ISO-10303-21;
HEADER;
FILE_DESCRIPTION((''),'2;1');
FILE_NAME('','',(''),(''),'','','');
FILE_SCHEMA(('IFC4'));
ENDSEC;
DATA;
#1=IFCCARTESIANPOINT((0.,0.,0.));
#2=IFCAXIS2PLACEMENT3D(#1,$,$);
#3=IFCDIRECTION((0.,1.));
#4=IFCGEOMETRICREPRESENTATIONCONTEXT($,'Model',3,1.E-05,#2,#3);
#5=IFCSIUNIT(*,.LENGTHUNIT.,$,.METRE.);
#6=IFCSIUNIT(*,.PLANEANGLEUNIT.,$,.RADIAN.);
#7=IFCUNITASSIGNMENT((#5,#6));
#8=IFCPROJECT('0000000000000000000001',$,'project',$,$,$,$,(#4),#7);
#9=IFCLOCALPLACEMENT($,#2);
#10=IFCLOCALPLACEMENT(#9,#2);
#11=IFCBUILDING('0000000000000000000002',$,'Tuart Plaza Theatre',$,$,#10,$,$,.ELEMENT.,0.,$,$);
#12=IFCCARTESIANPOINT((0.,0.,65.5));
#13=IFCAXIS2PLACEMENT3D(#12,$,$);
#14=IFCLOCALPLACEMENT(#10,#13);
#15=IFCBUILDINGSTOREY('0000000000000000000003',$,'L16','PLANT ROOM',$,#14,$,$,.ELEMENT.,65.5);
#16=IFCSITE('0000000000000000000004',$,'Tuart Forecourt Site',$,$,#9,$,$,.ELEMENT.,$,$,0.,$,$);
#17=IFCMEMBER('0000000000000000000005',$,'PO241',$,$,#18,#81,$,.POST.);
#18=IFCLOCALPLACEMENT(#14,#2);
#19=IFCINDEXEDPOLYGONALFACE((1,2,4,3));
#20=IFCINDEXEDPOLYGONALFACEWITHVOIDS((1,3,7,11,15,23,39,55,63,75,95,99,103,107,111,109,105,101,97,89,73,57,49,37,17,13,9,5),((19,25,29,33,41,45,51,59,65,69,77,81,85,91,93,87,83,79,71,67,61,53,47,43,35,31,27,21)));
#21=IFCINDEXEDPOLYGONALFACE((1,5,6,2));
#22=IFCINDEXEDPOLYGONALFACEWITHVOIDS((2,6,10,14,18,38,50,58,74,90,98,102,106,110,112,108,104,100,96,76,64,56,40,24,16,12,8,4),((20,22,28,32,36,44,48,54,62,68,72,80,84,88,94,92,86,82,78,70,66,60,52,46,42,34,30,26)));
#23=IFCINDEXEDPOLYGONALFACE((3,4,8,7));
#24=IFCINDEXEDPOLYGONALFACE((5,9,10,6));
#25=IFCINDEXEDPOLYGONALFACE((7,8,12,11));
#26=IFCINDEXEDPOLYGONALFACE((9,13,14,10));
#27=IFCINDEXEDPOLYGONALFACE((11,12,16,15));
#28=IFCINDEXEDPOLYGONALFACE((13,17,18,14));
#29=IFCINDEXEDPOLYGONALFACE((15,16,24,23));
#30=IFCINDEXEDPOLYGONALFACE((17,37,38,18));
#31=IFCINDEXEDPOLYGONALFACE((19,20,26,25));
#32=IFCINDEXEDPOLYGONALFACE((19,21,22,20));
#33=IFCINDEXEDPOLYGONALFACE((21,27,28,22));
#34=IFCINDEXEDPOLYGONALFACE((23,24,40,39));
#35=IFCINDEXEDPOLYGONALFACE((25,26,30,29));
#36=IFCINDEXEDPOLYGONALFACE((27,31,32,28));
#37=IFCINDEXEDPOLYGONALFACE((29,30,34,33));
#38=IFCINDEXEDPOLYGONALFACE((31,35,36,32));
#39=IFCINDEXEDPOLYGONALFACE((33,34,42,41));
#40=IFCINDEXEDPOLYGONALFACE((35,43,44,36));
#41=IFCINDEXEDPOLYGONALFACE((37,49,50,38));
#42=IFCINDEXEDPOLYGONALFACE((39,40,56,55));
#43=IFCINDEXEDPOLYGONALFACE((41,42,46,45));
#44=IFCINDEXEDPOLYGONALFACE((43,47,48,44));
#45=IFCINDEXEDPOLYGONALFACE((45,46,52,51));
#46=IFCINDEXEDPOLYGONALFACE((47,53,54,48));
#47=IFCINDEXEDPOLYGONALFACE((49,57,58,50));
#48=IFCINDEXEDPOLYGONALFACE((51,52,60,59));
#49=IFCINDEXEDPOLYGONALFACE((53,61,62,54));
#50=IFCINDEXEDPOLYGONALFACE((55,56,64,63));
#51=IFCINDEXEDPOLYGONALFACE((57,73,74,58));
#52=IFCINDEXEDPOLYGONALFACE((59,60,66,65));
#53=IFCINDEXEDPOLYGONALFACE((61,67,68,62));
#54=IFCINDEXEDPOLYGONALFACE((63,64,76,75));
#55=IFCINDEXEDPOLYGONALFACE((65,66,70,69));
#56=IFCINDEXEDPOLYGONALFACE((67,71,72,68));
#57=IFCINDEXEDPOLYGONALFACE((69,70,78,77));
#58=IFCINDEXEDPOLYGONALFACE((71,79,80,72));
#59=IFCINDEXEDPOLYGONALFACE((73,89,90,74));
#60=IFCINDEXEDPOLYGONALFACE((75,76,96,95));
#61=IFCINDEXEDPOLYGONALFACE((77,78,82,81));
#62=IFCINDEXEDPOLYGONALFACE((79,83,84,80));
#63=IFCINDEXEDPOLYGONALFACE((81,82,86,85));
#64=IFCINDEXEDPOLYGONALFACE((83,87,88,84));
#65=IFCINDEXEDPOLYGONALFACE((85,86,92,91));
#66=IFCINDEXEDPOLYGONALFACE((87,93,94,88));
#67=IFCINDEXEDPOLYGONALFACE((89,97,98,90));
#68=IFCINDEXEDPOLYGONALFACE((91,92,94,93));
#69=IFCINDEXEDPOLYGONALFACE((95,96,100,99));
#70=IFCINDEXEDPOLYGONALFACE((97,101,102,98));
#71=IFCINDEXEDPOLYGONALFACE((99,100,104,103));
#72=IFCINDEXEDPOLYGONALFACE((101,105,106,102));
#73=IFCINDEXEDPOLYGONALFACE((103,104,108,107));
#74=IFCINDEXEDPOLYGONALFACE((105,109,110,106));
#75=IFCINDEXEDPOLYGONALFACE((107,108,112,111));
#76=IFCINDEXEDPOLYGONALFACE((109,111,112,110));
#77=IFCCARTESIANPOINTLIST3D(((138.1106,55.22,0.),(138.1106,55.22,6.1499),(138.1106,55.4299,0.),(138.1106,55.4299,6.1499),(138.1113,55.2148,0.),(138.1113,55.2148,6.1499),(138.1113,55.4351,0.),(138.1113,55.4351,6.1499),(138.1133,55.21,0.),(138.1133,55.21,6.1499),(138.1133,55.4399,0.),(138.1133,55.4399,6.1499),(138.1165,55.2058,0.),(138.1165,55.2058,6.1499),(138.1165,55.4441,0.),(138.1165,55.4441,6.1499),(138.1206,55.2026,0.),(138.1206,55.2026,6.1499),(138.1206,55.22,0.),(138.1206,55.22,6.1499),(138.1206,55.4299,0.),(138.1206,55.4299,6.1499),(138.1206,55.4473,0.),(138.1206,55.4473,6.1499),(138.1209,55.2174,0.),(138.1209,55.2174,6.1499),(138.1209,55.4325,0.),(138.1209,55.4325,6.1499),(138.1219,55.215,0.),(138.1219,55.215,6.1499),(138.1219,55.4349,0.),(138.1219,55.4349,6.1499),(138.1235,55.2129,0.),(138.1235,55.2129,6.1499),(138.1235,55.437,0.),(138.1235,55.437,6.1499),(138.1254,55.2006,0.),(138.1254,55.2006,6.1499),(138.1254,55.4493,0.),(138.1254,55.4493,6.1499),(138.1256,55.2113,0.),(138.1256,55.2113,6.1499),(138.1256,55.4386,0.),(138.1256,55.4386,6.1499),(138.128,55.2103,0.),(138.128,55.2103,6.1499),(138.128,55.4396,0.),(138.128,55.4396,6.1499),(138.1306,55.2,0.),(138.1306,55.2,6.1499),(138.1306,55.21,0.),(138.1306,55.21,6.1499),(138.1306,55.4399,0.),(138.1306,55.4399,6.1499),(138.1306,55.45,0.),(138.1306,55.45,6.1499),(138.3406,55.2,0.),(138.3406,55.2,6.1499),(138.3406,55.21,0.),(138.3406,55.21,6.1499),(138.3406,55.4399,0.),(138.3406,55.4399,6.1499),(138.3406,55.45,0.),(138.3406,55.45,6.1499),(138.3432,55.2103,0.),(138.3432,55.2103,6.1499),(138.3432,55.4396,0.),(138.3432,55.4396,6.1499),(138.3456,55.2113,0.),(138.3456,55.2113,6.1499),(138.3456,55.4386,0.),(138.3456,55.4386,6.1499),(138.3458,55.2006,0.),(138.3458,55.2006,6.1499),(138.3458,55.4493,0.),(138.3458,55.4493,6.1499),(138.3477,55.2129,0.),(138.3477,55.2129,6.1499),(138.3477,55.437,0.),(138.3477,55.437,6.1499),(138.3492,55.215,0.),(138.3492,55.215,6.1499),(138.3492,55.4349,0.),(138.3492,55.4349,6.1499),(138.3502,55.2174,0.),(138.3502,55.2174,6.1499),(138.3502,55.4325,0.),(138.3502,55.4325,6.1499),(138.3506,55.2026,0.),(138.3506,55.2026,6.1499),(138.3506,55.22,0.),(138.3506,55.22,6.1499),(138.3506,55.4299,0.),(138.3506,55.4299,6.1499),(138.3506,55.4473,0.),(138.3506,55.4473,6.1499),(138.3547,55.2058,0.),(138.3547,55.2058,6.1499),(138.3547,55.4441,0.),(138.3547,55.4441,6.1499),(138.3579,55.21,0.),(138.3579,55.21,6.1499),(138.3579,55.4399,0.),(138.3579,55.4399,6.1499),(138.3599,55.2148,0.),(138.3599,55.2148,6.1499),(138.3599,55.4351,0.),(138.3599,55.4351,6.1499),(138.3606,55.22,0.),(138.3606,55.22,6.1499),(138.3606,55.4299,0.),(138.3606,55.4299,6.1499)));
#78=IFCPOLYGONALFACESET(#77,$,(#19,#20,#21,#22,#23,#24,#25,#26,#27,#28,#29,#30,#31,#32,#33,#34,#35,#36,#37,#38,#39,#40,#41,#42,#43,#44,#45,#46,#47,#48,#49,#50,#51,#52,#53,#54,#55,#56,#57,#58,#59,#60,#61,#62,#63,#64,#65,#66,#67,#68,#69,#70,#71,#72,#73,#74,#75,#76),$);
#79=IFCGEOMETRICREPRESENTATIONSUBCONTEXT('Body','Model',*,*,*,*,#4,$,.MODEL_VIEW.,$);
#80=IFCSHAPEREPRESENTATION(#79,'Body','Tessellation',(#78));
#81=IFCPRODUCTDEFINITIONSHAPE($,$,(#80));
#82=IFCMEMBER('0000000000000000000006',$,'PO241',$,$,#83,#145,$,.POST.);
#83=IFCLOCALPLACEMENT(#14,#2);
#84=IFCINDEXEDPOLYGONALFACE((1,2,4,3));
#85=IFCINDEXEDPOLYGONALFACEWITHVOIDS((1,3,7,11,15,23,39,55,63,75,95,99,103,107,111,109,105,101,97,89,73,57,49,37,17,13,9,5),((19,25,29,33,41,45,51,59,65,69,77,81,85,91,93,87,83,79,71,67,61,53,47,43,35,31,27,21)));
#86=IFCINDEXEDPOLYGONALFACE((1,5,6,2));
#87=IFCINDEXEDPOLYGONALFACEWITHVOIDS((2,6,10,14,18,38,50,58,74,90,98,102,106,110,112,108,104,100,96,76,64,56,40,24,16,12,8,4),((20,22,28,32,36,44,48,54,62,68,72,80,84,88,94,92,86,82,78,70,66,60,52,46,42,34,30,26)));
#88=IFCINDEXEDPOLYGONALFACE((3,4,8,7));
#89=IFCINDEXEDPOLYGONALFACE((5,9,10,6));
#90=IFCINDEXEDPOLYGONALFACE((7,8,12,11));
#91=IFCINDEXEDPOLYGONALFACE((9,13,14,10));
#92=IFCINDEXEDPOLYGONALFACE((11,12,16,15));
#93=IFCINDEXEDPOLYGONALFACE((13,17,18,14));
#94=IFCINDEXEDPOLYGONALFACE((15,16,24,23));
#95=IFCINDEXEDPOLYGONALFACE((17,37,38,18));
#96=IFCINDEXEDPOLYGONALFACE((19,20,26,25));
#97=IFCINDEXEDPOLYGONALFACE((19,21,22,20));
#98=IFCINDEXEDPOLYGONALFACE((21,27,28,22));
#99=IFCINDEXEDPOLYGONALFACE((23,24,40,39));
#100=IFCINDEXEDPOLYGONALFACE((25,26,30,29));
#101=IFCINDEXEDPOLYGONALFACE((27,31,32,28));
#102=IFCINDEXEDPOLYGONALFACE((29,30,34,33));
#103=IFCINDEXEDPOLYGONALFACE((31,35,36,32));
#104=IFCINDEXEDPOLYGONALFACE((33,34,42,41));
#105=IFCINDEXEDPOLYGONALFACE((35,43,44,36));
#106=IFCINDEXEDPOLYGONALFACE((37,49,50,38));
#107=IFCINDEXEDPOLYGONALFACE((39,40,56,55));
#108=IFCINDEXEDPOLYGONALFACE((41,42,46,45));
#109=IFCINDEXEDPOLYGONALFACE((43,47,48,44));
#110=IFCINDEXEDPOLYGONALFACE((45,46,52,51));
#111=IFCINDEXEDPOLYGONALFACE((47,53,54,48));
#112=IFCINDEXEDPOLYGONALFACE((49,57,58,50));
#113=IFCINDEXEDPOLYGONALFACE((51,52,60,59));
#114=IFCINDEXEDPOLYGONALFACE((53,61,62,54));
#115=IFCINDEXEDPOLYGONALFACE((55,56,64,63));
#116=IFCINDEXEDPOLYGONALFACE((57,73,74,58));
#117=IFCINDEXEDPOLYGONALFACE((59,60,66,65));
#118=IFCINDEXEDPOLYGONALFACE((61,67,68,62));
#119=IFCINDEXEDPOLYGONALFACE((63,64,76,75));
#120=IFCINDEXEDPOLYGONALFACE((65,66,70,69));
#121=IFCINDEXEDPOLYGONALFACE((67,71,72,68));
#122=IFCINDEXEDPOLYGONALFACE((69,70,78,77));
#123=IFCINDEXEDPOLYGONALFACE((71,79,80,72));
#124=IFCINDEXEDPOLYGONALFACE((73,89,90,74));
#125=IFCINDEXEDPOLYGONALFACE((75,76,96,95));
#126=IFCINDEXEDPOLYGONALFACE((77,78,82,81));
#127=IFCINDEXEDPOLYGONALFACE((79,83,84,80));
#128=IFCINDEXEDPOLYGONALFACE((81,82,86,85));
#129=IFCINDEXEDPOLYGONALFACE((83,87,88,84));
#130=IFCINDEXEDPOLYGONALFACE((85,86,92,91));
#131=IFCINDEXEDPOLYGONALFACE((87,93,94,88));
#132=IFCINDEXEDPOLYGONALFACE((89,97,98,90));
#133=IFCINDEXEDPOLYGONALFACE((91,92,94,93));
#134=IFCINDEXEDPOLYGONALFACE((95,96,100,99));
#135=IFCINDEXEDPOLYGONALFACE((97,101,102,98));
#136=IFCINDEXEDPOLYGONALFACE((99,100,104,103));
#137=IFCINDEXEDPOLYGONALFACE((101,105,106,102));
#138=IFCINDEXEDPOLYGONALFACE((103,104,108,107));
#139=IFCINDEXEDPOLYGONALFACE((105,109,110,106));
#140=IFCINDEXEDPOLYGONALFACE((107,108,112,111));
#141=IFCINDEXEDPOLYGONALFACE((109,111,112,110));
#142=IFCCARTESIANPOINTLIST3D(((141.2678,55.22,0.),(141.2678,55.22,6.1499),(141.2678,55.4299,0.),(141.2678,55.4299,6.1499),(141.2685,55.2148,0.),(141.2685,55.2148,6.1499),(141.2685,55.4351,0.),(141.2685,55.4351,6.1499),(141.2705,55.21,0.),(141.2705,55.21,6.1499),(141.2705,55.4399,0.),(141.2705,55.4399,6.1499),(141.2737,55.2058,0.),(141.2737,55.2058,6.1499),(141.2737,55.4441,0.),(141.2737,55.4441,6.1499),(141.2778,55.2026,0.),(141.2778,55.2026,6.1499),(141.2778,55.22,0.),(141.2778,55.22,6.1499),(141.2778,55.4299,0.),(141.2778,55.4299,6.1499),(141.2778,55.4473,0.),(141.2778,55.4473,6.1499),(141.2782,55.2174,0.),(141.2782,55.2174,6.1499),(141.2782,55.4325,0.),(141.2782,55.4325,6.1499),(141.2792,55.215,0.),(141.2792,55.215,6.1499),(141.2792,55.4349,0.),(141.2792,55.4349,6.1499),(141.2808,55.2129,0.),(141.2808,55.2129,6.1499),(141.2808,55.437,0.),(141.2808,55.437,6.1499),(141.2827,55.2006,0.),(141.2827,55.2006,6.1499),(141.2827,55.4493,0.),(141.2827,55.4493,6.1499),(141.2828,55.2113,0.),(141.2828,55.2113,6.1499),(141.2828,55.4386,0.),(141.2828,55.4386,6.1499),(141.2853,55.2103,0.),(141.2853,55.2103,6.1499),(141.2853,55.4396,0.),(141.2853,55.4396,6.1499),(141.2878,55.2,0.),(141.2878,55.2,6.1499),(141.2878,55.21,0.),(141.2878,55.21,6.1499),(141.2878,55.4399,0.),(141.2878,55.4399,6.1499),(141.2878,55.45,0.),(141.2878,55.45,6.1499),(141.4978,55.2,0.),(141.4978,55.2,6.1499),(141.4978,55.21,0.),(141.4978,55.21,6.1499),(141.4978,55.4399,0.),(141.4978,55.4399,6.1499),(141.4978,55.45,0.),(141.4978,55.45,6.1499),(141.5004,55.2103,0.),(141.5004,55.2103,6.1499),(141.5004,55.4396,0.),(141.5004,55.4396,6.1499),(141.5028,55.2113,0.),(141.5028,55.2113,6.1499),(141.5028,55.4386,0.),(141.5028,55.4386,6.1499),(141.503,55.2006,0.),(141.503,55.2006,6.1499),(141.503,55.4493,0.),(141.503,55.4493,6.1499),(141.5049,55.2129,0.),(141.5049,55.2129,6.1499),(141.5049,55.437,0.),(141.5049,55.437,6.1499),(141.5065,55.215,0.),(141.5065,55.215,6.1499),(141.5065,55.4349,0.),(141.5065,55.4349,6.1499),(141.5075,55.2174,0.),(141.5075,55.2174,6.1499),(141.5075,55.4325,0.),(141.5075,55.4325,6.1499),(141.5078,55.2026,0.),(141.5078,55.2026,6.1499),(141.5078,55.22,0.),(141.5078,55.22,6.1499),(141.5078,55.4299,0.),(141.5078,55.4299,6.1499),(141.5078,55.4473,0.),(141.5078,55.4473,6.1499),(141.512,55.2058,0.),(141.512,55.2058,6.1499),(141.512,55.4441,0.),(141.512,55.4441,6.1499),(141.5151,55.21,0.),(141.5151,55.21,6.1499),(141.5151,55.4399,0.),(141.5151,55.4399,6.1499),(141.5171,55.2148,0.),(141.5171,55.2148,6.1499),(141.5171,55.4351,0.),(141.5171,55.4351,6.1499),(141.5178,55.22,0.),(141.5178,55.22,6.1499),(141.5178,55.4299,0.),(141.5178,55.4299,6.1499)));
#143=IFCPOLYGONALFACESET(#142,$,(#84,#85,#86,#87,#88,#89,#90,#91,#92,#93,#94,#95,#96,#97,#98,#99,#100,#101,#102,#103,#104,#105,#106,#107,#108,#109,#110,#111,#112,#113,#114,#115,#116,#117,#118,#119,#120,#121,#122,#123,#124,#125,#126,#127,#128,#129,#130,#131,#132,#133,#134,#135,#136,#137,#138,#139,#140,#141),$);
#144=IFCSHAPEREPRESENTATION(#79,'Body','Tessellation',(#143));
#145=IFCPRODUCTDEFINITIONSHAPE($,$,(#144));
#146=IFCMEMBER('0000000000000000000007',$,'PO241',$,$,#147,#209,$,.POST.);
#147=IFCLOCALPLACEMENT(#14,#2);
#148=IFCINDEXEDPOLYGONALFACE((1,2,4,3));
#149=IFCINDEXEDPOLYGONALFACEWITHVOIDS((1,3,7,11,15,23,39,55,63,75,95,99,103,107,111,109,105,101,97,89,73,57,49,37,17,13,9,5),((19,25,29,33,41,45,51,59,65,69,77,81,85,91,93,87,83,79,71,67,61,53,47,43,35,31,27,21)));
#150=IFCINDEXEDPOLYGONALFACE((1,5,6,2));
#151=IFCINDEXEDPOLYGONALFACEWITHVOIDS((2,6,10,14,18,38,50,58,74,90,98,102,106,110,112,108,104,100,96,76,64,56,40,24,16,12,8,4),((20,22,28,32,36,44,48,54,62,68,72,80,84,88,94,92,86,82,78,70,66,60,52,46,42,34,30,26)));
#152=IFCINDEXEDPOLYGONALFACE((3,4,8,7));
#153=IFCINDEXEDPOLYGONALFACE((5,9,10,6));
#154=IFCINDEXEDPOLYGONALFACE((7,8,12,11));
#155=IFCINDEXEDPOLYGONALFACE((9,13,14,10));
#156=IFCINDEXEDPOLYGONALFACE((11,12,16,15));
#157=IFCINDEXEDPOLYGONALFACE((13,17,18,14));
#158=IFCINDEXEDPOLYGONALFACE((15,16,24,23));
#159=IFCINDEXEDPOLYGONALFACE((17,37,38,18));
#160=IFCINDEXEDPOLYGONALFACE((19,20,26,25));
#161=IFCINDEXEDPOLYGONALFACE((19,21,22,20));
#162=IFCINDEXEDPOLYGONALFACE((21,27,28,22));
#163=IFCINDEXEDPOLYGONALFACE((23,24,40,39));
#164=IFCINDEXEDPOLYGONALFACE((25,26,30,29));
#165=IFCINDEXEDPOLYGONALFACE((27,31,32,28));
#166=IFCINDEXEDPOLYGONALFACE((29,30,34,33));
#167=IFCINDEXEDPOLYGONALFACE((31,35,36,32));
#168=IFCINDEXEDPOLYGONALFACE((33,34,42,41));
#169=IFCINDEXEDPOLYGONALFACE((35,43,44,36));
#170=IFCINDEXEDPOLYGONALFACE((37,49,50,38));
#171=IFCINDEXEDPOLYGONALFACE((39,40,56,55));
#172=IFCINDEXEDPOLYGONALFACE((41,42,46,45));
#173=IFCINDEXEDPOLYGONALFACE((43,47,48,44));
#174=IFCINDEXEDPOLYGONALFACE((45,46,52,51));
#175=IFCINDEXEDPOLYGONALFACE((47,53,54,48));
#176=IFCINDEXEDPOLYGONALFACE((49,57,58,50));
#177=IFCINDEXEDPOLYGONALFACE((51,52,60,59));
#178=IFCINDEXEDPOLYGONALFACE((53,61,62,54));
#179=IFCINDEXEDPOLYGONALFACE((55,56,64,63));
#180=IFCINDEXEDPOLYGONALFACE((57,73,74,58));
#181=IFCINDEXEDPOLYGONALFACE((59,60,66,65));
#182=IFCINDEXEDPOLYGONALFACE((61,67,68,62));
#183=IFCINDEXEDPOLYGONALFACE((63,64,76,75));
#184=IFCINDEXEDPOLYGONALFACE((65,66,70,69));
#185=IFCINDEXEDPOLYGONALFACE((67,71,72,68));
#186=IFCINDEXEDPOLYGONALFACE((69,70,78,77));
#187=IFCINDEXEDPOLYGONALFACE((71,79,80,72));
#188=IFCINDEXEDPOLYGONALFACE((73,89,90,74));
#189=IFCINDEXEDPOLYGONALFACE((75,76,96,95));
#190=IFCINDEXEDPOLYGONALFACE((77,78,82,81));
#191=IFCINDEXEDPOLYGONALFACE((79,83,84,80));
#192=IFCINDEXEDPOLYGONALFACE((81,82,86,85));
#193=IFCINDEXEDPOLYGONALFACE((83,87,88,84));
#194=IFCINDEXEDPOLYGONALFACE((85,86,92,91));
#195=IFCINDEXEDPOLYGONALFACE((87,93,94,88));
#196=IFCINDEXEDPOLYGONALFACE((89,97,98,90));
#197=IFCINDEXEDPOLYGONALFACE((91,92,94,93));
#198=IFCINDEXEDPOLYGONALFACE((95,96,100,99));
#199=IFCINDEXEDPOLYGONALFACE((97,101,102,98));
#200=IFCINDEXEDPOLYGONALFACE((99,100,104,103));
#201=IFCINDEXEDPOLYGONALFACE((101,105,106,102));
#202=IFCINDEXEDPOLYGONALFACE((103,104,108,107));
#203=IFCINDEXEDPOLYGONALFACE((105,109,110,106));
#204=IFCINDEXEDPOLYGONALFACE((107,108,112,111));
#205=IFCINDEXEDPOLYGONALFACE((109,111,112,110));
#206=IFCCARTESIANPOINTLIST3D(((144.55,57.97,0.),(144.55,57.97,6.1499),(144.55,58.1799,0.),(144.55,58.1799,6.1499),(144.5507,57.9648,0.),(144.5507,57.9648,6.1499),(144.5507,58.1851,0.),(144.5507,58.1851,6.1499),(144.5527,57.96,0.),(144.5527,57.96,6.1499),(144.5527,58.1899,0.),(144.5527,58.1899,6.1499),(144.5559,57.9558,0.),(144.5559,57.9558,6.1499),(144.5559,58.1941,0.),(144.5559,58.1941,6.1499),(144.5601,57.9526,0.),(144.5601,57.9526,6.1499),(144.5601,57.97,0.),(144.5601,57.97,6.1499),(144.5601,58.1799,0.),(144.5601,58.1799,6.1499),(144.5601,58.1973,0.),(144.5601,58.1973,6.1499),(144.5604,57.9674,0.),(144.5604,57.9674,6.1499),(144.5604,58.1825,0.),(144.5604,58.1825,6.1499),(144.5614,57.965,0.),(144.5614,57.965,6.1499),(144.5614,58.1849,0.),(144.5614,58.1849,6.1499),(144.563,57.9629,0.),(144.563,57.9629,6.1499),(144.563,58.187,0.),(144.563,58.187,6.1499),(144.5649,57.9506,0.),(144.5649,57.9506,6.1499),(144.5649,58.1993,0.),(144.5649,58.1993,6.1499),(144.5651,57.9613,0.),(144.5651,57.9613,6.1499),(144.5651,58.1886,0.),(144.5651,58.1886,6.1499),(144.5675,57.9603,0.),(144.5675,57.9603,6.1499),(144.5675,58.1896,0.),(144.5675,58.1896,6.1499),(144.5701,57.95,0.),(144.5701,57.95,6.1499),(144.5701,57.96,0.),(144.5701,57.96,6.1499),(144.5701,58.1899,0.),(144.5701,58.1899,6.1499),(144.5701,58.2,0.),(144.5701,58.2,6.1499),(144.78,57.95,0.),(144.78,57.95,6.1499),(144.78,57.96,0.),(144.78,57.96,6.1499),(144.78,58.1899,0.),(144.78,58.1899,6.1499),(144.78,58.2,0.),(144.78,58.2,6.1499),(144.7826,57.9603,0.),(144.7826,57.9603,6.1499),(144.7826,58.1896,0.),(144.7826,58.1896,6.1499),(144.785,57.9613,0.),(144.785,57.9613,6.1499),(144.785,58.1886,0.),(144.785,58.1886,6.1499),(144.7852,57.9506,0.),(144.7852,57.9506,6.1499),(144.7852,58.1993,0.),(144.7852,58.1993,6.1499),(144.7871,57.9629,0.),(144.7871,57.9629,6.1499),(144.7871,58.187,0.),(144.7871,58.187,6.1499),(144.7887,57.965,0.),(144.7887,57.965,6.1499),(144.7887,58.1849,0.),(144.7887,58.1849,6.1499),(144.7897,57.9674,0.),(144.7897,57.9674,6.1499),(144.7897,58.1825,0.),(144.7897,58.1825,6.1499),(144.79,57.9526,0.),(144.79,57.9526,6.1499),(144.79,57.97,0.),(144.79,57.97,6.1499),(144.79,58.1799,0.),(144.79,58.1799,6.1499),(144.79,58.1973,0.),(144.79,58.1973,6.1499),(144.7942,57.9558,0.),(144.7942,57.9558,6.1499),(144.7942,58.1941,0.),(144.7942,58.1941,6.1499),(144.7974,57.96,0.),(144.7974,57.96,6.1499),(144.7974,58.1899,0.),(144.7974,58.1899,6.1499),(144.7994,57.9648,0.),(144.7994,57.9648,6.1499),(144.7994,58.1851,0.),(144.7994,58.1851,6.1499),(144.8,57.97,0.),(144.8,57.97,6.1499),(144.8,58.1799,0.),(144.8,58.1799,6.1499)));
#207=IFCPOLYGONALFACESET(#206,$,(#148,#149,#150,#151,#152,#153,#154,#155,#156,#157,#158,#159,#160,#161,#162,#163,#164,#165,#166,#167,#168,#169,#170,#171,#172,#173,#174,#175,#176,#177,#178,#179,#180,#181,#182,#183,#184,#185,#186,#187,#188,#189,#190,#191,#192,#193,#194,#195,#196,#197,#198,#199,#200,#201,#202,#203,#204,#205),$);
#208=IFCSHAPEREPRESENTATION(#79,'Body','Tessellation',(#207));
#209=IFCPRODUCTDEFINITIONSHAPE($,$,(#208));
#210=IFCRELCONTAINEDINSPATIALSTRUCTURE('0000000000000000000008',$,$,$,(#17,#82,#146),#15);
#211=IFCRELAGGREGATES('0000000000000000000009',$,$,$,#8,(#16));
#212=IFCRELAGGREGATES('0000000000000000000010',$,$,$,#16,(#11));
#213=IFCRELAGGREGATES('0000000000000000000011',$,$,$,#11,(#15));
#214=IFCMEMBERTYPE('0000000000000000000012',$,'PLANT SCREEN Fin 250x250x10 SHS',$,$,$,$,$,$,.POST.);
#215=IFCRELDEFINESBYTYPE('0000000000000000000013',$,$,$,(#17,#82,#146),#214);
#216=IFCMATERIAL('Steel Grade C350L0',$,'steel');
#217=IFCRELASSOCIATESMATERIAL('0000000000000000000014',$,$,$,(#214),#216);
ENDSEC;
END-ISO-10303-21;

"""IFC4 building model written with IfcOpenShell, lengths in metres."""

from ifc_helpers import new_model, si_unit, direction, frame, origin, origin_2d, place, context, subcontext, project, spatial, hollow_rectangle, extrude, material, material_profile, profile_set, type_object, element, save


model = new_model("IFC4")

# Units and contexts
model_context = context("Model", 3, precision=1e-05, world=origin(), true_north=direction((0.0, 1.0)))
body_context = subcontext(model_context, "Body", "Model", "MODEL_VIEW")
ifc_project = project(units=[si_unit("LENGTHUNIT", "METRE"), si_unit("PLANEANGLEUNIT", "RADIAN")], contexts=[model_context])

# Site, building, storey
site_placement = place(None, origin())
site = spatial("IfcSite", under=ifc_project, at=site_placement, Name="Tuart Forecourt Site", CompositionType="ELEMENT", RefElevation=0.0)
building_placement = place(site_placement, origin())
building = spatial("IfcBuilding", under=site, at=building_placement, Name="Tuart Plaza Theatre", CompositionType="ELEMENT", ElevationOfRefHeight=0.0)
storey_placement = place(building_placement, frame((0.0, 0.0, 65.5)))
storey = spatial("IfcBuildingStorey", under=building, at=storey_placement, Name="L16", Description="PLANT ROOM", CompositionType="ELEMENT", Elevation=65.5)

# Members
ifc_material_1 = material(Name="Steel Grade C350L0", Category="steel")
ifc_material_profile_1 = material_profile(ifc_material_1, hollow_rectangle(XDim=0.25, YDim=0.25, WallThickness=0.01, InnerFilletRadius=0.01, OuterFilletRadius=0.02, at=origin_2d()), Name="250x250x10 SHS")
ifc_profile_set_1 = profile_set([ifc_material_profile_1], Name="Steel Grade C350L0")
member_type = type_object("IfcMemberType", Name="PLANT SCREEN Fin 250x250x10 SHS", PredefinedType="POST", material=ifc_profile_set_1)
for number, where, z_axis, x_axis, name in (
    (1, (138.2356, 55.325, 0.0), (0.0, 0.0, 1.0), (1.0, 0.0, 0.0), "PO241"),
    (2, (141.3928, 55.325, 0.0), (0.0, 0.0, 1.0), (1.0, 0.0, 0.0), "PO241"),
    (3, (144.675, 58.075, 0.0), (0.0, 0.0, 1.0), (1.0, 0.0, 0.0), "PO241"),
):
    element("IfcMember", number, at=place(storey_placement, frame(where, z_axis=z_axis, x_axis=x_axis)), inside=storey, type_object=member_type, Name=name, PredefinedType="POST", context=body_context, shape_type="SweptSolid", body=[
        extrude(hollow_rectangle(XDim=0.25, YDim=0.25, WallThickness=0.01, InnerFilletRadius=0.01, OuterFilletRadius=0.02, at=origin_2d()), origin(), (0.0, 0.0, 1.0), 6.1499),
    ])

save(model, "model.ifc")
